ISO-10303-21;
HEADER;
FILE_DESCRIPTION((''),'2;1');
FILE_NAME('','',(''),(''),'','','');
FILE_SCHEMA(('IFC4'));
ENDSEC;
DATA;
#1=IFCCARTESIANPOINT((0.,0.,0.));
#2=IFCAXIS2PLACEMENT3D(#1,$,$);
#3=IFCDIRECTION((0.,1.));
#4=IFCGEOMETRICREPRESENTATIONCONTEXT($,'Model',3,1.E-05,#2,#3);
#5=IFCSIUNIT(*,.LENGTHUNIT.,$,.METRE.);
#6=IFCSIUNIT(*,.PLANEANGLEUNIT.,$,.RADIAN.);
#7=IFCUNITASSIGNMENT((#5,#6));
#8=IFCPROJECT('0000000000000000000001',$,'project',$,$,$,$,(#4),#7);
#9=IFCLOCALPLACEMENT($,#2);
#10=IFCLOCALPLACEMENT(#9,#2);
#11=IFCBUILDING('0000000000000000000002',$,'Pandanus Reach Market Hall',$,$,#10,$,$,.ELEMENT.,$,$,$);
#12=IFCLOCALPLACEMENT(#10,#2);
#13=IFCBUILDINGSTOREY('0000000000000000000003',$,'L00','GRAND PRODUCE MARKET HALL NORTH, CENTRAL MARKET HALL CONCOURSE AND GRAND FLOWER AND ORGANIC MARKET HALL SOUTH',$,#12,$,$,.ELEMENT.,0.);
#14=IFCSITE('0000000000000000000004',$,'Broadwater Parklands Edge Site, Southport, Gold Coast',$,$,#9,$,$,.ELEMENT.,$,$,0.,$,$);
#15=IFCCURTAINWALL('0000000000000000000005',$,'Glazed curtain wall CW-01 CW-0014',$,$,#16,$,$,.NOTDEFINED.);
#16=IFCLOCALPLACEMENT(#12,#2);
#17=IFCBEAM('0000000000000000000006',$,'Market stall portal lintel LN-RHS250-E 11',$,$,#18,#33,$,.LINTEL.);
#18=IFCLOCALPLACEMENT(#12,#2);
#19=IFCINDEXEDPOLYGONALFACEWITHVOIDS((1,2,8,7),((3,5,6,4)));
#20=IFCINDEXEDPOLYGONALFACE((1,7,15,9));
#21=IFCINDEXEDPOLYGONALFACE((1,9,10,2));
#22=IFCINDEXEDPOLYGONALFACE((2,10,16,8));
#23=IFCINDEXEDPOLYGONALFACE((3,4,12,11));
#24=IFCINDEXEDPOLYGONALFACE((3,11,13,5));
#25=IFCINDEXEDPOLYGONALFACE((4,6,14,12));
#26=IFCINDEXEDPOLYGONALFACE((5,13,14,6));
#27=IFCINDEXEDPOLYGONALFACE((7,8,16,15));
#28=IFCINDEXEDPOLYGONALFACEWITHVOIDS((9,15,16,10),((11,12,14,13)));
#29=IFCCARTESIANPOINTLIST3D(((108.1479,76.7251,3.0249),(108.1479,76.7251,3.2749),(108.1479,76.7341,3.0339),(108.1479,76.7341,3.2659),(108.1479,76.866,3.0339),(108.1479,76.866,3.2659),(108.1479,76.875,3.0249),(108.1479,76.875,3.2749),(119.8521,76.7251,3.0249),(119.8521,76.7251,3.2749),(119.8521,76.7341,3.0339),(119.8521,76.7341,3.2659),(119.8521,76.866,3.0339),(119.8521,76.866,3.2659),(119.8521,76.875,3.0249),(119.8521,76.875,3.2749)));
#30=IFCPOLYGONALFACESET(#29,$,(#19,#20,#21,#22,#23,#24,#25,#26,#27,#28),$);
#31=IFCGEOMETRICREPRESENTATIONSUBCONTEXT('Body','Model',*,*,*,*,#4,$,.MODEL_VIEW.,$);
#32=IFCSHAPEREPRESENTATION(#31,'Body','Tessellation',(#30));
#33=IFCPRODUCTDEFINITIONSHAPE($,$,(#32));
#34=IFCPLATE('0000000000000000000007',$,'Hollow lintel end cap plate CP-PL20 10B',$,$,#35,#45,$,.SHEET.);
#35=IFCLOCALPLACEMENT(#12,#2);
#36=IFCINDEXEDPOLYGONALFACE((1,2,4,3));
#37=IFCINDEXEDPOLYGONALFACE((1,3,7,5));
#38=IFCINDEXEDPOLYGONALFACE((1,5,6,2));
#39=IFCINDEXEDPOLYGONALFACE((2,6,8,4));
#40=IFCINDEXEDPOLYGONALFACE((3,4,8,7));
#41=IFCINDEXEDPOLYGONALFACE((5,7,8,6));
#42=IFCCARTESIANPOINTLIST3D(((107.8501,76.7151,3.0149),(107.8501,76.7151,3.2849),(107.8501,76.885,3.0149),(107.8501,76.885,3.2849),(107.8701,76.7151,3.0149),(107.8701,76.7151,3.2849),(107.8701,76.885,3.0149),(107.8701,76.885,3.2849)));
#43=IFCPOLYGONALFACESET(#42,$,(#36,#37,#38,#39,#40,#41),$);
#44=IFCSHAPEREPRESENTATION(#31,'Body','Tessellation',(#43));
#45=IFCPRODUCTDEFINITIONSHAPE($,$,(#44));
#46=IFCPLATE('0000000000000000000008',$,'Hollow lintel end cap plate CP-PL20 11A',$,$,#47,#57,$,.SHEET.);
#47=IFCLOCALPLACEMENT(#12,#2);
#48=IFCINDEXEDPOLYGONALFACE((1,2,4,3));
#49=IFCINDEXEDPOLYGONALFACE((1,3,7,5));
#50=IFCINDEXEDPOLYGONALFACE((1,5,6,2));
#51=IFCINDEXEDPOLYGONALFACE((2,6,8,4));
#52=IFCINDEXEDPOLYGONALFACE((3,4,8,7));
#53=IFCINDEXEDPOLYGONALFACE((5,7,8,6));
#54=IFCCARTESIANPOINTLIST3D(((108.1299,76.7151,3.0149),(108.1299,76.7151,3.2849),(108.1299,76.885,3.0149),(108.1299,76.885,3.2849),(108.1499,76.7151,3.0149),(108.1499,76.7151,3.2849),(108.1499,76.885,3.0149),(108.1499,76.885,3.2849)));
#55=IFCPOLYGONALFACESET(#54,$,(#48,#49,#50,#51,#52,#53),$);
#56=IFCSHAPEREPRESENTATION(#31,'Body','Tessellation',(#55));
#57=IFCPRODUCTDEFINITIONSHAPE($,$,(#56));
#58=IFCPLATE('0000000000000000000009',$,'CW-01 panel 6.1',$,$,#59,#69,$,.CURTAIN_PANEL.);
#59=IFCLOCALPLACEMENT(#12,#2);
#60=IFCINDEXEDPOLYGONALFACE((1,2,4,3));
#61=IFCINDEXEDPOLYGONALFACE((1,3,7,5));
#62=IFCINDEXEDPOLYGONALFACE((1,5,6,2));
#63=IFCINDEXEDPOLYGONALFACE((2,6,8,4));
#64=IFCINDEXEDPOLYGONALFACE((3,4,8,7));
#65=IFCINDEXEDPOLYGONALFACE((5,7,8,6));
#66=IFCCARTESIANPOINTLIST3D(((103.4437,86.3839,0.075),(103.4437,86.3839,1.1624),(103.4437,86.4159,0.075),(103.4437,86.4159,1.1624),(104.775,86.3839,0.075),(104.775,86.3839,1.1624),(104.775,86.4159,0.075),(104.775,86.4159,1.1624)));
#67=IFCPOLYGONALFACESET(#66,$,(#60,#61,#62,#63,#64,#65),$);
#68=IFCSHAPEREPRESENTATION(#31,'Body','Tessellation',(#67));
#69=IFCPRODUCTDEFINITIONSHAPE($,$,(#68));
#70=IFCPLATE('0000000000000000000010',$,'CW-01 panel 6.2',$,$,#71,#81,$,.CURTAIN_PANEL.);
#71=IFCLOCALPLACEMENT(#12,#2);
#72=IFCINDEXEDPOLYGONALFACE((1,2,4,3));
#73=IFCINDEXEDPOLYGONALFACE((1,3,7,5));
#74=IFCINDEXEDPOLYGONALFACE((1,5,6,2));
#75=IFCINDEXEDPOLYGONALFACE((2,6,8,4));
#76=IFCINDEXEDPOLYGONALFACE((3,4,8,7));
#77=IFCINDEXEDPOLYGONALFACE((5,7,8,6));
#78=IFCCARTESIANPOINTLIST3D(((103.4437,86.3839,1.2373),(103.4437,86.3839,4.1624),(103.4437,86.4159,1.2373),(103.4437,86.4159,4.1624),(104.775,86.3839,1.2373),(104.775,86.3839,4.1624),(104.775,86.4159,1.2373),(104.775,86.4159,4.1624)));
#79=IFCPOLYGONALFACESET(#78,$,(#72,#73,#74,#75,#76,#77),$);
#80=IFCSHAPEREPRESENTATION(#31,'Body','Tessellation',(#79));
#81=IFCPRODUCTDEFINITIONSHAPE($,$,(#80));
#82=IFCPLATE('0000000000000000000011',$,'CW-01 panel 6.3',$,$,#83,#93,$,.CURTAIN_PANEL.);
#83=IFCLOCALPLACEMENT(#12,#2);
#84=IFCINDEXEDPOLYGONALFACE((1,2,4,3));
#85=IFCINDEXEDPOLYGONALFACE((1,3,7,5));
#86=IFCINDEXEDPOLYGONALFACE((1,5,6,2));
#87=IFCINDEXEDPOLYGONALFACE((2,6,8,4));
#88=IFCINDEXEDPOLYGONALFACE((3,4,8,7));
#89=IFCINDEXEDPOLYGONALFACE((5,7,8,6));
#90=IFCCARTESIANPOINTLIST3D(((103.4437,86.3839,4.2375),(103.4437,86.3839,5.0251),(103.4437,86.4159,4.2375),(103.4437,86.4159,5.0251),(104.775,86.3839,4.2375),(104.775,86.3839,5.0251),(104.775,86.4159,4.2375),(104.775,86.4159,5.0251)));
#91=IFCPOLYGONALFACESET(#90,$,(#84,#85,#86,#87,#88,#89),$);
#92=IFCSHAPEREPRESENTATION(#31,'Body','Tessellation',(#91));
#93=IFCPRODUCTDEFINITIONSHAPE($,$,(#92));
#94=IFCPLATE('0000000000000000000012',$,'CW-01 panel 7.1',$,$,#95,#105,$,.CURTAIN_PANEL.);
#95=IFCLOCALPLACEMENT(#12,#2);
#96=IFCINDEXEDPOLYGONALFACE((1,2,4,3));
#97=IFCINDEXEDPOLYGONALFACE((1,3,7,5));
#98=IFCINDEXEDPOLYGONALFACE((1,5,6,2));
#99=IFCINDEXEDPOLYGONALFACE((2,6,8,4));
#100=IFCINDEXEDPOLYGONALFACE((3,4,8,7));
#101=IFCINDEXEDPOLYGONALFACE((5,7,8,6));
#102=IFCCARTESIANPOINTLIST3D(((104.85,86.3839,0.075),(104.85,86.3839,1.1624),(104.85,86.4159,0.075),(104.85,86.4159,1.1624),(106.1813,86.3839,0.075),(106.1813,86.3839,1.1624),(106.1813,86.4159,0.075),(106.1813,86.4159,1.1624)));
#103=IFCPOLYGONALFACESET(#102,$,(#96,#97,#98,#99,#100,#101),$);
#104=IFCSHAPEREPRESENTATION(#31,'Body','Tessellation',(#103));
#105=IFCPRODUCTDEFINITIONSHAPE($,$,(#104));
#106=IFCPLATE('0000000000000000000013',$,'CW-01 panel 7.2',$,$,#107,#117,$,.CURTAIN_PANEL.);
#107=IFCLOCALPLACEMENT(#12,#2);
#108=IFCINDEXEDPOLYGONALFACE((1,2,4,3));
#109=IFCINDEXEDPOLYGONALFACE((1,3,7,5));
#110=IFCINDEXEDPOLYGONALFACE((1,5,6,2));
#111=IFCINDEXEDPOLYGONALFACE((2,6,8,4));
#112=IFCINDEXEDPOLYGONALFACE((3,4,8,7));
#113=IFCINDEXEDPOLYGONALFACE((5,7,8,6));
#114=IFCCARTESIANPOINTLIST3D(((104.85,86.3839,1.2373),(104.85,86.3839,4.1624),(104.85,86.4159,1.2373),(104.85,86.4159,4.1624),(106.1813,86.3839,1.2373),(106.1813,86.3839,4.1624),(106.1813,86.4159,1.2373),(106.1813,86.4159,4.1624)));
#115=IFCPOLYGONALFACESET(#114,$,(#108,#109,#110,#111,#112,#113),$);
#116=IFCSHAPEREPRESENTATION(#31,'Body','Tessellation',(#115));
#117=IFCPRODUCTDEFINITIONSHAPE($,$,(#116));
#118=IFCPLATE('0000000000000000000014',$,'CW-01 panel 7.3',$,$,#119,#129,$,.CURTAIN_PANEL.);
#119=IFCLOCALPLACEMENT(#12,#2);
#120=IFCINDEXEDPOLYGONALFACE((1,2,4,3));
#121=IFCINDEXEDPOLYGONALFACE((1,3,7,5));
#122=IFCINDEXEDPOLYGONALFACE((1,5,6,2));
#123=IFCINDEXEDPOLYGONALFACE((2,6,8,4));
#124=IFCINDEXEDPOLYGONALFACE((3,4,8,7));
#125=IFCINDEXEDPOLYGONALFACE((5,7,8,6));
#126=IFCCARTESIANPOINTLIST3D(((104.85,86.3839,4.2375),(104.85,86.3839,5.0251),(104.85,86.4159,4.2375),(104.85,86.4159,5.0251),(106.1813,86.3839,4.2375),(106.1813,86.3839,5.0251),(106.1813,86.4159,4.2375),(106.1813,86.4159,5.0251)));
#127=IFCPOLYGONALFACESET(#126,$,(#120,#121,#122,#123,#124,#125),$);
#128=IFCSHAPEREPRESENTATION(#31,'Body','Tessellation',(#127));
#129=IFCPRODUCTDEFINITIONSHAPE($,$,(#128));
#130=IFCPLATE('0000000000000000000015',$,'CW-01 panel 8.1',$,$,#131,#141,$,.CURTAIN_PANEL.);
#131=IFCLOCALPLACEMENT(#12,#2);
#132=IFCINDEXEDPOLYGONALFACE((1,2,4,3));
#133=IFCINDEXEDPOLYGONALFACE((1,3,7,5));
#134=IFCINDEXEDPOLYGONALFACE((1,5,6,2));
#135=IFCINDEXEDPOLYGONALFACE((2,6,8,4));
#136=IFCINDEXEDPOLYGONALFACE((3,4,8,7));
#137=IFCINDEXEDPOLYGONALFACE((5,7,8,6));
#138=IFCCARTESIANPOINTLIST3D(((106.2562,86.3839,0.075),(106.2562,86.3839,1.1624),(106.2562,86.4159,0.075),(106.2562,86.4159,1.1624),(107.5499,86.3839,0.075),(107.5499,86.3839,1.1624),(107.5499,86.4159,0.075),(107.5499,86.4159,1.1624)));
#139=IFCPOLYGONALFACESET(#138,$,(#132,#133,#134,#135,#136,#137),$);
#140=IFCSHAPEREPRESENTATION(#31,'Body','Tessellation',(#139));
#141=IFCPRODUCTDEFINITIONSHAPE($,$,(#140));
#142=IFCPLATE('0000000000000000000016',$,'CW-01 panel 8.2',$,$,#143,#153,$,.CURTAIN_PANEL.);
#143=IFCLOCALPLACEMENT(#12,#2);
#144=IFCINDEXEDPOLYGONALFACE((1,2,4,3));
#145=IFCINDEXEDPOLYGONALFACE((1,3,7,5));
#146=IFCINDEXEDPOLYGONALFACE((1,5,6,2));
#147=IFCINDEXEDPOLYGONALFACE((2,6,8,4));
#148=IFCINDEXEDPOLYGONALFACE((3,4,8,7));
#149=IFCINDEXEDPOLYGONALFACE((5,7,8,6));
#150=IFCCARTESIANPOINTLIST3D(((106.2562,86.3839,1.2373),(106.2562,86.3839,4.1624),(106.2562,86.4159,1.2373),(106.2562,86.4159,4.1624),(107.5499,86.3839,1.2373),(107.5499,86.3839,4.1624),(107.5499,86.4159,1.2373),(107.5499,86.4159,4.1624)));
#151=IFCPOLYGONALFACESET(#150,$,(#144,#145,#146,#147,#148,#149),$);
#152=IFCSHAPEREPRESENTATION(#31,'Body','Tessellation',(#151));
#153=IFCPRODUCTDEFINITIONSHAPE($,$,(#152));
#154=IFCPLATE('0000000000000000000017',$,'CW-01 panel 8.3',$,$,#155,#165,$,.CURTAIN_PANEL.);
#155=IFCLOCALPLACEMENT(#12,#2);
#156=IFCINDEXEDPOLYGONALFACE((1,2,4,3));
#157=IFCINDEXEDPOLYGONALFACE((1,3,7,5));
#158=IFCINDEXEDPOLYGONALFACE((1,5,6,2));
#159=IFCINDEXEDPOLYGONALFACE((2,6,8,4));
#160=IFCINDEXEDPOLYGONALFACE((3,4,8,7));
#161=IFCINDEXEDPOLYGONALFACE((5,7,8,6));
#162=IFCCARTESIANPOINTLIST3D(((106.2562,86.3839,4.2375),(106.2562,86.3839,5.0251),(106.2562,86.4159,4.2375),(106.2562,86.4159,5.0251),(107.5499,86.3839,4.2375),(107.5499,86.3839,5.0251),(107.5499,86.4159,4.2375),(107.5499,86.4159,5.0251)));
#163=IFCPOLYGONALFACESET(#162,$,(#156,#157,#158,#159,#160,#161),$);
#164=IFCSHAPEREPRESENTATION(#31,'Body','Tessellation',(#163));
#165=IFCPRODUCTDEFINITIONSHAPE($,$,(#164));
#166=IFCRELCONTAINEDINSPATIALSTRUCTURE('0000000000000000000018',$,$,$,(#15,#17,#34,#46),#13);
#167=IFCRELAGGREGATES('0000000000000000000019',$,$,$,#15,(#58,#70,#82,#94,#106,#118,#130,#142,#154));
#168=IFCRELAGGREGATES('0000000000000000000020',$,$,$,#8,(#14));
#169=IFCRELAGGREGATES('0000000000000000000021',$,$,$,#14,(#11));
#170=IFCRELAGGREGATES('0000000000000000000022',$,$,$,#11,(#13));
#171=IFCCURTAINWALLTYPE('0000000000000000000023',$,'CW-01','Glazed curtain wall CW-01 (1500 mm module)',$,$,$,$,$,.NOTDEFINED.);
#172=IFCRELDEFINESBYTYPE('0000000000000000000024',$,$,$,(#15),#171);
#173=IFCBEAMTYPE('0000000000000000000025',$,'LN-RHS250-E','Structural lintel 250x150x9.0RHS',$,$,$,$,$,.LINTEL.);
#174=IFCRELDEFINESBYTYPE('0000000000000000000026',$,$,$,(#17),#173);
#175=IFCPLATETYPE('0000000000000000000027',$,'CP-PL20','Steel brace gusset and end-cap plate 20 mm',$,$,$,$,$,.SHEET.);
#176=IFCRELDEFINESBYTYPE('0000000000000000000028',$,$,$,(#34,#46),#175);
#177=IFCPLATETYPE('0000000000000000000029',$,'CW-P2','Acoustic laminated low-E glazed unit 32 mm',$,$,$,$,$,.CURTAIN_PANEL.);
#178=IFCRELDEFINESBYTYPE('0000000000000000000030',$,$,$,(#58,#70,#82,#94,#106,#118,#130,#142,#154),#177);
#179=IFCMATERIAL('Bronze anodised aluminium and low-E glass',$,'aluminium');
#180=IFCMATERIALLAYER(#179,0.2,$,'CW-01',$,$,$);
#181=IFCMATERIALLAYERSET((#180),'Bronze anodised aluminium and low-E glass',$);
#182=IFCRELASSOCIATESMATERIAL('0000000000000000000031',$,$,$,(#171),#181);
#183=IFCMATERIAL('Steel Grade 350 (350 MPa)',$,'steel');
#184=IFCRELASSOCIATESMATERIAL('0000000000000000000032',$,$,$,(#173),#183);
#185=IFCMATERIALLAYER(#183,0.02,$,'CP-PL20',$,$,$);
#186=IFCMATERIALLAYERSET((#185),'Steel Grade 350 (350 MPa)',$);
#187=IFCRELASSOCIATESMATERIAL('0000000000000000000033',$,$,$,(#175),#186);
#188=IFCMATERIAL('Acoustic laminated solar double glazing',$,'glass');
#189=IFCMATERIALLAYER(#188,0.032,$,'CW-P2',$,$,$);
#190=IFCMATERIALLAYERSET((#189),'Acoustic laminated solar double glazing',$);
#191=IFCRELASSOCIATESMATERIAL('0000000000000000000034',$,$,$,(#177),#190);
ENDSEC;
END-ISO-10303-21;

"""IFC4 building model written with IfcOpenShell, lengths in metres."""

from ifc_helpers import new_model, si_unit, direction, frame, origin, origin_2d, place, context, subcontext, project, spatial, rectangle, hollow_rectangle, extrude, material, layer, layer_set, material_profile, profile_set, type_object, element, aggregate, save


model = new_model("IFC4")

# Units and contexts
model_context = context("Model", 3, precision=1e-05, world=origin(), true_north=direction((0.0, 1.0)))
body_context = subcontext(model_context, "Body", "Model", "MODEL_VIEW")
ifc_project = project(units=[si_unit("LENGTHUNIT", "METRE"), si_unit("PLANEANGLEUNIT", "RADIAN")], contexts=[model_context])

# Site, building, storey
site_placement = place(None, origin())
site = spatial("IfcSite", under=ifc_project, at=site_placement, Name="Broadwater Parklands Edge Site, Southport, Gold Coast", CompositionType="ELEMENT", RefElevation=0.0)
building_placement = place(site_placement, origin())
building = spatial("IfcBuilding", under=site, at=building_placement, Name="Pandanus Reach Market Hall", CompositionType="ELEMENT")
storey_placement = place(building_placement, origin())
storey = spatial("IfcBuildingStorey", under=building, at=storey_placement, Name="L00", Description="GRAND PRODUCE MARKET HALL NORTH, CENTRAL MARKET HALL CONCOURSE AND GRAND FLOWER AND ORGANIC MARKET HALL SOUTH", CompositionType="ELEMENT", Elevation=0.0)

# Shared definitions
ifc_material_1 = material(Name="Steel Grade 350 (350 MPa)", Category="steel")

# Curtain wall
ifc_material_2 = material(Name="Bronze anodised aluminium and low-E glass", Category="aluminium")
ifc_layer_1 = layer(ifc_material_2, 0.2, Name="CW-01")
ifc_layer_set_1 = layer_set([ifc_layer_1], Name="Bronze anodised aluminium and low-E glass")
curtain_wall_type = type_object("IfcCurtainWallType", Name="CW-01", Description="Glazed curtain wall CW-01 (1500 mm module)", PredefinedType="NOTDEFINED", material=ifc_layer_set_1)
curtain_wall_placement = place(storey_placement, origin())
curtain_wall = element("IfcCurtainWall", 1, at=curtain_wall_placement, inside=storey, type_object=curtain_wall_type, Name="Glazed curtain wall CW-01 CW-0014", PredefinedType="NOTDEFINED")

# Beam
ifc_material_profile_1 = material_profile(ifc_material_1, hollow_rectangle(XDim=0.1499, YDim=0.25, WallThickness=0.009, at=origin_2d()), Name="250x150x9.0RHS", Category="LoadBearing")
ifc_profile_set_1 = profile_set([ifc_material_profile_1], Name="Steel Grade 350 (350 MPa)")
beam_type_1 = type_object("IfcBeamType", Name="LN-RHS250-E", Description="Structural lintel 250x150x9.0RHS", PredefinedType="LINTEL", material=ifc_profile_set_1)
beam_1_placement = place(storey_placement, frame((108.1479, 76.8, 3.1499), z_axis=(1.0, 0.0, 0.0), x_axis=(0.0, 1.0, 0.0)))
element("IfcBeam", 2, at=beam_1_placement, inside=storey, type_object=beam_type_1, Name="Market stall portal lintel LN-RHS250-E 11", PredefinedType="LINTEL", context=body_context, shape_type="SweptSolid", body=[
    extrude(hollow_rectangle(XDim=0.1499, YDim=0.25, WallThickness=0.009, at=origin_2d()), origin(), (0.0, 0.0, 1.0), 11.7041),
])

# Plates
ifc_layer_2 = layer(ifc_material_1, 0.02, Name="CP-PL20")
ifc_layer_set_2 = layer_set([ifc_layer_2], Name="Steel Grade 350 (350 MPa)")
plate_type_1 = type_object("IfcPlateType", Name="CP-PL20", Description="Steel brace gusset and end-cap plate 20 mm", PredefinedType="SHEET", material=ifc_layer_set_2)
for number, where, z_axis, x_axis, name in (
    (3, (107.8601, 76.8, 3.0149), (0.0, 0.0, 1.0), (1.0, 0.0, 0.0), "Hollow lintel end cap plate CP-PL20 10B"),
    (4, (108.1399, 76.8, 3.0149), (0.0, 0.0, 1.0), (1.0, 0.0, 0.0), "Hollow lintel end cap plate CP-PL20 11A"),
):
    element("IfcPlate", number, at=place(storey_placement, frame(where, z_axis=z_axis, x_axis=x_axis)), inside=storey, type_object=plate_type_1, Name=name, PredefinedType="SHEET", context=body_context, shape_type="SweptSolid", body=[
        extrude(rectangle(XDim=0.02, YDim=0.1699, at=origin_2d()), origin(), (0.0, 0.0, 1.0), 0.27),
    ])

# Plates
ifc_material_3 = material(Name="Acoustic laminated solar double glazing", Category="glass")
ifc_layer_3 = layer(ifc_material_3, 0.032, Name="CW-P2")
ifc_layer_set_3 = layer_set([ifc_layer_3], Name="Acoustic laminated solar double glazing")
plate_type_2 = type_object("IfcPlateType", Name="CW-P2", Description="Acoustic laminated low-E glazed unit 32 mm", PredefinedType="CURTAIN_PANEL", material=ifc_layer_set_3)
plate_1_placement = place(storey_placement, frame((104.1094, 86.3999, 0.075), z_axis=(0.0, 0.0, 1.0), x_axis=(1.0, 0.0, 0.0)))
plate_1 = element("IfcPlate", 5, at=plate_1_placement, type_object=plate_type_2, Name="CW-01 panel 6.1", PredefinedType="CURTAIN_PANEL", context=body_context, shape_type="SweptSolid", body=[
    extrude(rectangle(XDim=1.3313, YDim=0.032, at=origin_2d()), origin(), (0.0, 0.0, 1.0), 1.0874),
])
plate_2_placement = place(storey_placement, frame((104.1094, 86.3999, 1.2373), z_axis=(0.0, 0.0, 1.0), x_axis=(1.0, 0.0, 0.0)))
plate_2 = element("IfcPlate", 6, at=plate_2_placement, type_object=plate_type_2, Name="CW-01 panel 6.2", PredefinedType="CURTAIN_PANEL", context=body_context, shape_type="SweptSolid", body=[
    extrude(rectangle(XDim=1.3313, YDim=0.032, at=origin_2d()), origin(), (0.0, 0.0, 1.0), 2.925),
])
plate_3_placement = place(storey_placement, frame((104.1094, 86.3999, 4.2375), z_axis=(0.0, 0.0, 1.0), x_axis=(1.0, 0.0, 0.0)))
plate_3 = element("IfcPlate", 7, at=plate_3_placement, type_object=plate_type_2, Name="CW-01 panel 6.3", PredefinedType="CURTAIN_PANEL", context=body_context, shape_type="SweptSolid", body=[
    extrude(rectangle(XDim=1.3313, YDim=0.032, at=origin_2d()), origin(), (0.0, 0.0, 1.0), 0.7876),
])
plate_4_placement = place(storey_placement, frame((105.5156, 86.3999, 0.075), z_axis=(0.0, 0.0, 1.0), x_axis=(1.0, 0.0, 0.0)))
plate_4 = element("IfcPlate", 8, at=plate_4_placement, type_object=plate_type_2, Name="CW-01 panel 7.1", PredefinedType="CURTAIN_PANEL", context=body_context, shape_type="SweptSolid", body=[
    extrude(rectangle(XDim=1.3313, YDim=0.032, at=origin_2d()), origin(), (0.0, 0.0, 1.0), 1.0874),
])
plate_5_placement = place(storey_placement, frame((105.5156, 86.3999, 1.2373), z_axis=(0.0, 0.0, 1.0), x_axis=(1.0, 0.0, 0.0)))
plate_5 = element("IfcPlate", 9, at=plate_5_placement, type_object=plate_type_2, Name="CW-01 panel 7.2", PredefinedType="CURTAIN_PANEL", context=body_context, shape_type="SweptSolid", body=[
    extrude(rectangle(XDim=1.3313, YDim=0.032, at=origin_2d()), origin(), (0.0, 0.0, 1.0), 2.925),
])
plate_6_placement = place(storey_placement, frame((105.5156, 86.3999, 4.2375), z_axis=(0.0, 0.0, 1.0), x_axis=(1.0, 0.0, 0.0)))
plate_6 = element("IfcPlate", 10, at=plate_6_placement, type_object=plate_type_2, Name="CW-01 panel 7.3", PredefinedType="CURTAIN_PANEL", context=body_context, shape_type="SweptSolid", body=[
    extrude(rectangle(XDim=1.3313, YDim=0.032, at=origin_2d()), origin(), (0.0, 0.0, 1.0), 0.7876),
])
plate_7_placement = place(storey_placement, frame((106.9031, 86.3999, 0.075), z_axis=(0.0, 0.0, 1.0), x_axis=(1.0, 0.0, 0.0)))
plate_7 = element("IfcPlate", 11, at=plate_7_placement, type_object=plate_type_2, Name="CW-01 panel 8.1", PredefinedType="CURTAIN_PANEL", context=body_context, shape_type="SweptSolid", body=[
    extrude(rectangle(XDim=1.2937, YDim=0.032, at=origin_2d()), origin(), (0.0, 0.0, 1.0), 1.0874),
])
plate_8_placement = place(storey_placement, frame((106.9031, 86.3999, 1.2373), z_axis=(0.0, 0.0, 1.0), x_axis=(1.0, 0.0, 0.0)))
plate_8 = element("IfcPlate", 12, at=plate_8_placement, type_object=plate_type_2, Name="CW-01 panel 8.2", PredefinedType="CURTAIN_PANEL", context=body_context, shape_type="SweptSolid", body=[
    extrude(rectangle(XDim=1.2937, YDim=0.032, at=origin_2d()), origin(), (0.0, 0.0, 1.0), 2.925),
])
plate_9_placement = place(storey_placement, frame((106.9031, 86.3999, 4.2375), z_axis=(0.0, 0.0, 1.0), x_axis=(1.0, 0.0, 0.0)))
plate_9 = element("IfcPlate", 13, at=plate_9_placement, type_object=plate_type_2, Name="CW-01 panel 8.3", PredefinedType="CURTAIN_PANEL", context=body_context, shape_type="SweptSolid", body=[
    extrude(rectangle(XDim=1.2937, YDim=0.032, at=origin_2d()), origin(), (0.0, 0.0, 1.0), 0.7876),
])
aggregate(curtain_wall, [plate_1, plate_2, plate_3, plate_4, plate_5, plate_6, plate_7, plate_8, plate_9])

save(model, "model.ifc")
